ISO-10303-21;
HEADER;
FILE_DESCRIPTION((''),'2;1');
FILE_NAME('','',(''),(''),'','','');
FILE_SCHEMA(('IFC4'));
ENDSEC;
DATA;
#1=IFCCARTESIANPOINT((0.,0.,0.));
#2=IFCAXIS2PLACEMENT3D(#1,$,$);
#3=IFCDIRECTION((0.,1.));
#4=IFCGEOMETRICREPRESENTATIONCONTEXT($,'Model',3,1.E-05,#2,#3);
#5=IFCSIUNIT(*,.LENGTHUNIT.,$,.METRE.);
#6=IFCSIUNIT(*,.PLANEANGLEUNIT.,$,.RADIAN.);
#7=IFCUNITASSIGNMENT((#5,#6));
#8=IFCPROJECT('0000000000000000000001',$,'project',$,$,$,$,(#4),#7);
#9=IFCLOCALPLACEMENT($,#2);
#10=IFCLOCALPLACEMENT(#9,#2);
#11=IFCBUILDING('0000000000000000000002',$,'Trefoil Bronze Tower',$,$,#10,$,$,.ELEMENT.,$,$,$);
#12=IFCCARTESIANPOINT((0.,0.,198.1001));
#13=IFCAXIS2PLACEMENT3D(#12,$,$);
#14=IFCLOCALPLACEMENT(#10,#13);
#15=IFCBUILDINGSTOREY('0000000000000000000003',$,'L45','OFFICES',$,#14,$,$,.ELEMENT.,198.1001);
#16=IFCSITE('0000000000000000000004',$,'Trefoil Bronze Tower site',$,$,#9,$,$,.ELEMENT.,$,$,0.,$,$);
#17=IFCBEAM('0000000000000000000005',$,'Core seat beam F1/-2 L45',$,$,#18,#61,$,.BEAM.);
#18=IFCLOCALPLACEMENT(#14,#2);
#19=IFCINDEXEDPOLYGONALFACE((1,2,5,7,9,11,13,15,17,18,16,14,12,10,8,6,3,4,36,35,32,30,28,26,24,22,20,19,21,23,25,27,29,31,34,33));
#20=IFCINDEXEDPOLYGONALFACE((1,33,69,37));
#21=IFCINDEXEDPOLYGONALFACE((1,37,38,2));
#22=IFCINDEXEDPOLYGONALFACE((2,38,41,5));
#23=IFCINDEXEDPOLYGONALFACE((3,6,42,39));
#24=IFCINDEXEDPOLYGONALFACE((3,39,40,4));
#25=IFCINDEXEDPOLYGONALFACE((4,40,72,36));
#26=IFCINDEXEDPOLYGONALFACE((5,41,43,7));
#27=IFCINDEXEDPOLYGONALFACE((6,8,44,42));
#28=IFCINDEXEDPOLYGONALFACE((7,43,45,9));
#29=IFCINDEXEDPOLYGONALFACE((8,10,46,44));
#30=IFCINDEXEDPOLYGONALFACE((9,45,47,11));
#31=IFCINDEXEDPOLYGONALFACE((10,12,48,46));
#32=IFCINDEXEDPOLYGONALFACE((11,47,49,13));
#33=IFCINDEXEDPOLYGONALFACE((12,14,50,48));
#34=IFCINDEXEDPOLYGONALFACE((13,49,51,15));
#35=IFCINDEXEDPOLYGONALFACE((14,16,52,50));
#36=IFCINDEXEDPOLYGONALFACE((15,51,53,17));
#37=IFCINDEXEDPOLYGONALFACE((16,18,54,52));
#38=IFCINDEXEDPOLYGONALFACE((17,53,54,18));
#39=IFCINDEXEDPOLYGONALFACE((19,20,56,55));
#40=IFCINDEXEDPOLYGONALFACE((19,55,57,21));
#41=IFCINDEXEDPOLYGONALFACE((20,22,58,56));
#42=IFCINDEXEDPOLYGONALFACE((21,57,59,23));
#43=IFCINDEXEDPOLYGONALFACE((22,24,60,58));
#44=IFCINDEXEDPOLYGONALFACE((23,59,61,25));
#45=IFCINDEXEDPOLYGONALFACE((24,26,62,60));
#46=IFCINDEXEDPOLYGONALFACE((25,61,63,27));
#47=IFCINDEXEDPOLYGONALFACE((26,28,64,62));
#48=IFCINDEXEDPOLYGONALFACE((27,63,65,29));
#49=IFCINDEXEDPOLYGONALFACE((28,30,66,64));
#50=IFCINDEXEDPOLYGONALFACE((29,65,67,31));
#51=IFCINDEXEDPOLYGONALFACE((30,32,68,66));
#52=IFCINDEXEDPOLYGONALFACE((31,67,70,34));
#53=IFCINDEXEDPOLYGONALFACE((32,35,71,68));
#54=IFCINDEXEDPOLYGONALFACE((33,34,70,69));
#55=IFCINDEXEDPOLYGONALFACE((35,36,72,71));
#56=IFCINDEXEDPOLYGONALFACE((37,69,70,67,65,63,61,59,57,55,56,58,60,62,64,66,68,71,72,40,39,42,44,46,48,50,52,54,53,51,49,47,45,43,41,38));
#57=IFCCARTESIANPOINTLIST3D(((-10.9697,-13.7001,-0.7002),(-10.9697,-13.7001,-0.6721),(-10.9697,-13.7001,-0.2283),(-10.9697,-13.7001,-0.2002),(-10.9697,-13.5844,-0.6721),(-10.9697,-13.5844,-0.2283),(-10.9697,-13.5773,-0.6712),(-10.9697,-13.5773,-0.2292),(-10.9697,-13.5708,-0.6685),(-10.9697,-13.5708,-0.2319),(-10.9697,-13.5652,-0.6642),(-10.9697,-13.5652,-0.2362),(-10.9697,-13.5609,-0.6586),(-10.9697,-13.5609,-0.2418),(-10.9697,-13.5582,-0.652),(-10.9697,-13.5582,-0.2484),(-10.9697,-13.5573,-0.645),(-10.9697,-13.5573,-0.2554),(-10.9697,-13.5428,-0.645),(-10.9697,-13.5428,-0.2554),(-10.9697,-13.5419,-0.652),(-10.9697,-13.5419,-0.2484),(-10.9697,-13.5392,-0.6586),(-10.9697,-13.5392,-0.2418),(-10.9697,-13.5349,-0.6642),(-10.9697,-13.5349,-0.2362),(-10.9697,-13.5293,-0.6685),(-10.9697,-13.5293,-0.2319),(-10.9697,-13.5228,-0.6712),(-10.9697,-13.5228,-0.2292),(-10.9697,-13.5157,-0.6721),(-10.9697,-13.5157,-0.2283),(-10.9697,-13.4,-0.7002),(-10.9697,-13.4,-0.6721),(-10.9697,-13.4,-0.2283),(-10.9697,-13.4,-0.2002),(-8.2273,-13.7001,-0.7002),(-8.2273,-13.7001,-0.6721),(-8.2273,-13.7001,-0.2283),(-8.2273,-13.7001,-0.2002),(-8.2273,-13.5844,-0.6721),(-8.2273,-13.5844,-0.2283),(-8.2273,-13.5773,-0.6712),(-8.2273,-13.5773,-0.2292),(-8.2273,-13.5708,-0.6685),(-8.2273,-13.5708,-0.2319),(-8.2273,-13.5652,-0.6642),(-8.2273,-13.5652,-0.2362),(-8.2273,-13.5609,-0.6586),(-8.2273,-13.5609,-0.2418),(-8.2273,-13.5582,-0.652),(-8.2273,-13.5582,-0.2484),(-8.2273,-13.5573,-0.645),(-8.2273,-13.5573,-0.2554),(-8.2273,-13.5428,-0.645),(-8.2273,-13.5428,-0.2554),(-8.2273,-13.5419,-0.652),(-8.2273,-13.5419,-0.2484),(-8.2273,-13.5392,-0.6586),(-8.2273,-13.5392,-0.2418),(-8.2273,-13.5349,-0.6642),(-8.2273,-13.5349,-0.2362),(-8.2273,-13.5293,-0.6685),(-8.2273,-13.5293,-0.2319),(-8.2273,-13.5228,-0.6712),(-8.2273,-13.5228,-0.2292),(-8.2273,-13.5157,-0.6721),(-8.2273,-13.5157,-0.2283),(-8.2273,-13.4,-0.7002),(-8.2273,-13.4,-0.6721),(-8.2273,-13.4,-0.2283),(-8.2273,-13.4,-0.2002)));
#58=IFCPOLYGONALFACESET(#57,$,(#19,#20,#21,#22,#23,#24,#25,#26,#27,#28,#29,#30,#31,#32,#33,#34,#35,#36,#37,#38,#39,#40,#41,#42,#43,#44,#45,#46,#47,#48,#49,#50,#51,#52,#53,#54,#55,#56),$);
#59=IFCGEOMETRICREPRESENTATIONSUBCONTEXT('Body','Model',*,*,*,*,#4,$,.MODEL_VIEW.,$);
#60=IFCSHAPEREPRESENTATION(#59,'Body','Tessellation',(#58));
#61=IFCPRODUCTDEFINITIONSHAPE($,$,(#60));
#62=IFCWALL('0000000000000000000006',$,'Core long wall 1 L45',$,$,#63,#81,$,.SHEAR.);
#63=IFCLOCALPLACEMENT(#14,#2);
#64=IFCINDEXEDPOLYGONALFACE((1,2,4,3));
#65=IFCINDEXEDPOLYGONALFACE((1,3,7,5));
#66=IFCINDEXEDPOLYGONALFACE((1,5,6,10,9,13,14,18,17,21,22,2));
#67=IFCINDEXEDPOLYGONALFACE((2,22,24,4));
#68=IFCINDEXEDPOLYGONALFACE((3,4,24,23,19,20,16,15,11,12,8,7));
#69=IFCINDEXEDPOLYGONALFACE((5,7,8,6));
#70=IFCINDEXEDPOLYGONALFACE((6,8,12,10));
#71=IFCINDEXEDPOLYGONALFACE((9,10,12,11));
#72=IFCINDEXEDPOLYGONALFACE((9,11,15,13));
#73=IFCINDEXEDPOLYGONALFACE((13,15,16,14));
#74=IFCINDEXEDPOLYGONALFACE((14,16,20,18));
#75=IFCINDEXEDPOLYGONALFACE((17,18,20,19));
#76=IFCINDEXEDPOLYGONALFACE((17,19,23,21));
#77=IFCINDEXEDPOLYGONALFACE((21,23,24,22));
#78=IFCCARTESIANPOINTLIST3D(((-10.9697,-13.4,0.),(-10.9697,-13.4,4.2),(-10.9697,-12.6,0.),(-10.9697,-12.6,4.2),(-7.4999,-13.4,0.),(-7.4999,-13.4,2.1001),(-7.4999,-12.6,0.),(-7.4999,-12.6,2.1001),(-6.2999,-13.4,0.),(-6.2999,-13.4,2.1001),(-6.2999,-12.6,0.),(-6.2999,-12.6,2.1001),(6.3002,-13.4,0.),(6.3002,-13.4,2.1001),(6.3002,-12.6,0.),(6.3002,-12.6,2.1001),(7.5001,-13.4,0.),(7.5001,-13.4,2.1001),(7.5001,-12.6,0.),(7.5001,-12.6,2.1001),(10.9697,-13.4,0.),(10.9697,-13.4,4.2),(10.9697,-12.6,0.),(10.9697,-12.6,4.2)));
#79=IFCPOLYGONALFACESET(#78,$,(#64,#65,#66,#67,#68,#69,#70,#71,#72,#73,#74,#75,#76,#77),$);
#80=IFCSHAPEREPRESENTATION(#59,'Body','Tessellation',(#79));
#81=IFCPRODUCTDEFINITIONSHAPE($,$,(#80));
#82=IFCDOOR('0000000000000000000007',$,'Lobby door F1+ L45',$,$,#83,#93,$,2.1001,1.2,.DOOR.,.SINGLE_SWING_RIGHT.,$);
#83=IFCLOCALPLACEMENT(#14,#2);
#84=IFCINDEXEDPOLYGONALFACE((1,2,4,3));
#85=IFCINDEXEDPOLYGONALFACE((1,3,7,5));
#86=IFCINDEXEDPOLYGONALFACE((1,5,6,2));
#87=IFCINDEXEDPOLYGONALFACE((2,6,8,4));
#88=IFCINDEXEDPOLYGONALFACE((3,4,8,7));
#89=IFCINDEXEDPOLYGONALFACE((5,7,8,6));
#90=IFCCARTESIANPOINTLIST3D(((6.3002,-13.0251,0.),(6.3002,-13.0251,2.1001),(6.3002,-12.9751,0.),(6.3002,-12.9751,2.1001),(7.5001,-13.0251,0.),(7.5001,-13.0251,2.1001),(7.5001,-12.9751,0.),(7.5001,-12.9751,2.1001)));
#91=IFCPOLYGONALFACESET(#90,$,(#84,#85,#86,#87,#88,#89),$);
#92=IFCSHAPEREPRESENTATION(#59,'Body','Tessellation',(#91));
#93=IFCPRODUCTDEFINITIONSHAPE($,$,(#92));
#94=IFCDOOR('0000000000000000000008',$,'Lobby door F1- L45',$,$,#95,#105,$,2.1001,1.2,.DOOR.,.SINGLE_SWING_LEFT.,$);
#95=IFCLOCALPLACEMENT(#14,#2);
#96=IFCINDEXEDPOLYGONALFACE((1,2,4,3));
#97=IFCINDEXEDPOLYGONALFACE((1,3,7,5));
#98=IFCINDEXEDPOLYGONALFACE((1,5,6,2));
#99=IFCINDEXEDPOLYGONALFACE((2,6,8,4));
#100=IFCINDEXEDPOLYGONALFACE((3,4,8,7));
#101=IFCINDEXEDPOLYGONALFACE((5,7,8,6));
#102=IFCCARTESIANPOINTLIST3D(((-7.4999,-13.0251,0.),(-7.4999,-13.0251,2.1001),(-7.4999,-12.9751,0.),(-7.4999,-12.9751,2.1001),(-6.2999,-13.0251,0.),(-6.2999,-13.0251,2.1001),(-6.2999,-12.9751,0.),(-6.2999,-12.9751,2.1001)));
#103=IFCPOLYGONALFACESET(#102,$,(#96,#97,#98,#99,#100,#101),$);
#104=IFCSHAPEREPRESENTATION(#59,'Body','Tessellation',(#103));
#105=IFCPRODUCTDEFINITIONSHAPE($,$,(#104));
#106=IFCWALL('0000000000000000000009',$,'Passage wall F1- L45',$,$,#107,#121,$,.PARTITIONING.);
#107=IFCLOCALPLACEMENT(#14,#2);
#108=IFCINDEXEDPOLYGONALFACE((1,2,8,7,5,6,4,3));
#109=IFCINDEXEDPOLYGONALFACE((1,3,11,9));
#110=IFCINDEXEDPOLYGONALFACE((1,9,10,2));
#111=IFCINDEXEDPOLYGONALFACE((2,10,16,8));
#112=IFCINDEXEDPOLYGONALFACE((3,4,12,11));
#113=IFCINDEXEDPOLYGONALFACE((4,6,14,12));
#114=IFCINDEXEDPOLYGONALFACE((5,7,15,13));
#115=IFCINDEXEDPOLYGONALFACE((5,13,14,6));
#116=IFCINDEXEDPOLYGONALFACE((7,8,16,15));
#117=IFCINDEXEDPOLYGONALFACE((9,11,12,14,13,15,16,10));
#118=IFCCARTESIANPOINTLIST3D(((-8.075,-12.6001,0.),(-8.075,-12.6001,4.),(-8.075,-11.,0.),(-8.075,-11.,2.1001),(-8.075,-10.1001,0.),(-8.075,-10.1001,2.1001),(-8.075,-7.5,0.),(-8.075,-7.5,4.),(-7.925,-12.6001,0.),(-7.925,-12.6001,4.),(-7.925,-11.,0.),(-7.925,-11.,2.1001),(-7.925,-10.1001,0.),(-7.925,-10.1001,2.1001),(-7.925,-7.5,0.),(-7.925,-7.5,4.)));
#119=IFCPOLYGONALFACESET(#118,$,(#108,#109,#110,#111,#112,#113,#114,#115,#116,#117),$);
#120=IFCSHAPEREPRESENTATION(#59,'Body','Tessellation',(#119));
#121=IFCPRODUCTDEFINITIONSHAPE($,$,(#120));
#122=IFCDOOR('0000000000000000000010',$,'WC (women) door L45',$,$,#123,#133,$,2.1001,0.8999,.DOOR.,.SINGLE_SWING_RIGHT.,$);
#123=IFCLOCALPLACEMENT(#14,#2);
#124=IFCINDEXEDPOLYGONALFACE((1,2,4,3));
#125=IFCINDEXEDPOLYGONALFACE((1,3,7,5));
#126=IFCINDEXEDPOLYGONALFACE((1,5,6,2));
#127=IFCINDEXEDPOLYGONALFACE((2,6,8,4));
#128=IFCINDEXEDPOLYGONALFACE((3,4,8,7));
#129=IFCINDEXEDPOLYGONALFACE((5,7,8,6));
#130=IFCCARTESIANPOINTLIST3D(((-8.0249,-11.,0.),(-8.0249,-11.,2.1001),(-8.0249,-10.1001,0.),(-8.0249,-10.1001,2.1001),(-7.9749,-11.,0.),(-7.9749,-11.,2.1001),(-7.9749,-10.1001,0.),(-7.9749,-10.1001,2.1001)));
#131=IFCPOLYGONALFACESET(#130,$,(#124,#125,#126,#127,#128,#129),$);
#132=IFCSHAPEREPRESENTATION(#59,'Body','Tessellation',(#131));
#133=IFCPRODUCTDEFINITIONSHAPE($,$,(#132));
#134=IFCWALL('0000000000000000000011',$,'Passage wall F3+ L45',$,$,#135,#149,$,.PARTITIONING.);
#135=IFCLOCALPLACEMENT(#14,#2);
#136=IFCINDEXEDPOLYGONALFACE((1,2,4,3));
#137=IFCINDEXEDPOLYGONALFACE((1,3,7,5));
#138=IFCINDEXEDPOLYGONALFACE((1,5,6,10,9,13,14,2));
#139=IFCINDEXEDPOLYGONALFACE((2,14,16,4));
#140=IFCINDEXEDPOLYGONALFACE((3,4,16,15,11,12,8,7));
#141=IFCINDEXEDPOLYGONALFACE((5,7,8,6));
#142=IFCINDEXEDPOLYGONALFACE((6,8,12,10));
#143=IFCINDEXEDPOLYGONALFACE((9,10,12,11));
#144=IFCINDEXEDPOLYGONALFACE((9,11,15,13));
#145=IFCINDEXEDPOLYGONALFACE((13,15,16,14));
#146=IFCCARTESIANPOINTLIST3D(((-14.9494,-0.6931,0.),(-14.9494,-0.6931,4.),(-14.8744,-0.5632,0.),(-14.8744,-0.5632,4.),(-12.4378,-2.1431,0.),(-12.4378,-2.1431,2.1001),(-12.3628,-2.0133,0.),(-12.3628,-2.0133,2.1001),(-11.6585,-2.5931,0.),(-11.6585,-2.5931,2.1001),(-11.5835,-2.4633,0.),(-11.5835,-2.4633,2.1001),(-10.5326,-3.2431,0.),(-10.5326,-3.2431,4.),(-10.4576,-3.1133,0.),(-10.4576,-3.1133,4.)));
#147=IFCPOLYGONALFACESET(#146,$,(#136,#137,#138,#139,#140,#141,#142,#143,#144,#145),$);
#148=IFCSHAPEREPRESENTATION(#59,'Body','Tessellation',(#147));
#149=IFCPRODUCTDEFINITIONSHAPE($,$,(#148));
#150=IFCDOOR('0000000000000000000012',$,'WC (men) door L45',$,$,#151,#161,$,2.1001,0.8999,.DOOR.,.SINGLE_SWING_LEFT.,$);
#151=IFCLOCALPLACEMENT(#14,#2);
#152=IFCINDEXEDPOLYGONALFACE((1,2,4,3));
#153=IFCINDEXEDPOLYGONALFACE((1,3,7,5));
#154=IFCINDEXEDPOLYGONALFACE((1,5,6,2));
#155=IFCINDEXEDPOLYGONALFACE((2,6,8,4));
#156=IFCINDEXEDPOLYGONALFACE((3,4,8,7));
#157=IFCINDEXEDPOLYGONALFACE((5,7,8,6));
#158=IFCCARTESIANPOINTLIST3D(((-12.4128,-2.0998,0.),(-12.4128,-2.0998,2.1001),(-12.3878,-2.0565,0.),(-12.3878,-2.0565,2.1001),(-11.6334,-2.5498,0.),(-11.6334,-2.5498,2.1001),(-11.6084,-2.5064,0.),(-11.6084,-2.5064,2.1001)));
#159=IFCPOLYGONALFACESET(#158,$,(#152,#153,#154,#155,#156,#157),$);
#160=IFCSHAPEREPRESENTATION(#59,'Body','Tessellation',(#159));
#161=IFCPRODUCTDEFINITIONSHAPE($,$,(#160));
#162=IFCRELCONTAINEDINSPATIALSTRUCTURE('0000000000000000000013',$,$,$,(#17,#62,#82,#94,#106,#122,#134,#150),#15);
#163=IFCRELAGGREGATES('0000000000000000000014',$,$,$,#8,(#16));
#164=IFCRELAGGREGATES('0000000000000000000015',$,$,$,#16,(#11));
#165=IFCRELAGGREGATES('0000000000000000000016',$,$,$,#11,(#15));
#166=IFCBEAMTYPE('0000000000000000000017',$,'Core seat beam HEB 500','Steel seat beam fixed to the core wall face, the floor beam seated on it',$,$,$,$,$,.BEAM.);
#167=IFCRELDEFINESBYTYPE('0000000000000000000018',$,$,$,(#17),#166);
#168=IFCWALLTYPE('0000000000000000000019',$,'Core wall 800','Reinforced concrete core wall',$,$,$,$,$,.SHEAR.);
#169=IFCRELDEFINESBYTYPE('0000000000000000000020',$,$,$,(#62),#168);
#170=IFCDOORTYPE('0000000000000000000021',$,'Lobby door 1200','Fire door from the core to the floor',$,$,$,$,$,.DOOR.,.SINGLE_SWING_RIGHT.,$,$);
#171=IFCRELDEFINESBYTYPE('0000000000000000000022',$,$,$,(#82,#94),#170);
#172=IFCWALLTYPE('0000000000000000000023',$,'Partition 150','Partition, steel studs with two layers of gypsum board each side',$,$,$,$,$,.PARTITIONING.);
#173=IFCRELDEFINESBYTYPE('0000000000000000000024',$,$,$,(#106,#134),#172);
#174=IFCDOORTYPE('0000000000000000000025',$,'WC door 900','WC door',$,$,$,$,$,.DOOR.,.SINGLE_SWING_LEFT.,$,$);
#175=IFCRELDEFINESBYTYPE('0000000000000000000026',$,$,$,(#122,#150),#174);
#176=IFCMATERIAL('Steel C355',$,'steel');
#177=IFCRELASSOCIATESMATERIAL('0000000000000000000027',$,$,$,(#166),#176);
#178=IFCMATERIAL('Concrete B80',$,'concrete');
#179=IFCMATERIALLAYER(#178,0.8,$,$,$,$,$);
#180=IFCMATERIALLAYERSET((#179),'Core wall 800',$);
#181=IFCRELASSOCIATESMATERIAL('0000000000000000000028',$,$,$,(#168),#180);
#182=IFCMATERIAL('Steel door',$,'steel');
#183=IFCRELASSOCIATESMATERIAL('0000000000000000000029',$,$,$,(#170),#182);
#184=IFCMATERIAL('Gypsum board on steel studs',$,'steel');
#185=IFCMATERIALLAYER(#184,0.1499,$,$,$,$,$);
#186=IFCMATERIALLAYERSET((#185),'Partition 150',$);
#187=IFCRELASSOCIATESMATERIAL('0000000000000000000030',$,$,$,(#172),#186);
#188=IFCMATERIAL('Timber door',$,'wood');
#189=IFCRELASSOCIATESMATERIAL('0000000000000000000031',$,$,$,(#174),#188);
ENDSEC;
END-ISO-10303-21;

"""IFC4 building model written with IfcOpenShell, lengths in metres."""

from ifc_helpers import new_model, si_unit, direction, frame, frame_2d, origin, origin_2d, place, context, subcontext, project, spatial, rectangle, i_section, extrude, material, layer, layer_set, material_profile, profile_set, type_object, element, fill, save


model = new_model("IFC4")

# Units and contexts
model_context = context("Model", 3, precision=1e-05, world=origin(), true_north=direction((0.0, 1.0)))
body_context = subcontext(model_context, "Body", "Model", "MODEL_VIEW")
ifc_project = project(units=[si_unit("LENGTHUNIT", "METRE"), si_unit("PLANEANGLEUNIT", "RADIAN")], contexts=[model_context])

# Site, building, storey
site_placement = place(None, origin())
site = spatial("IfcSite", under=ifc_project, at=site_placement, Name="Trefoil Bronze Tower site", CompositionType="ELEMENT", RefElevation=0.0)
building_placement = place(site_placement, origin())
building = spatial("IfcBuilding", under=site, at=building_placement, Name="Trefoil Bronze Tower", CompositionType="ELEMENT")
storey_placement = place(building_placement, frame((0.0, 0.0, 198.1001)))
storey = spatial("IfcBuildingStorey", under=building, at=storey_placement, Name="L45", Description="OFFICES", CompositionType="ELEMENT", Elevation=198.1001)

# Beam
ifc_material_1 = material(Name="Steel C355", Category="steel")
ifc_material_profile = material_profile(ifc_material_1, i_section(OverallWidth=0.3, OverallDepth=0.5, WebThickness=0.0144, FlangeThickness=0.0281, FilletRadius=0.0271, at=origin_2d()), Name="HEB 500")
ifc_profile_set = profile_set([ifc_material_profile], Name="Steel C355")
beam_type = type_object("IfcBeamType", Name="Core seat beam HEB 500", Description="Steel seat beam fixed to the core wall face, the floor beam seated on it", PredefinedType="BEAM", material=ifc_profile_set)
beam_placement = place(storey_placement, frame((-10.9697, -13.55, -0.4502), z_axis=(1.0, 0.0, 0.0), x_axis=(0.0, 1.0, 0.0)))
element("IfcBeam", 1, at=beam_placement, inside=storey, type_object=beam_type, Name="Core seat beam F1/-2 L45", PredefinedType="BEAM", context=body_context, shape_type="SweptSolid", body=[
    extrude(i_section(OverallWidth=0.3, OverallDepth=0.5, WebThickness=0.0144, FlangeThickness=0.0281, FilletRadius=0.0271, at=origin_2d()), origin(), (0.0, 0.0, 1.0), 2.7424),
])

# Wall, openings, doors
ifc_material_2 = material(Name="Concrete B80", Category="concrete")
ifc_layer_1 = layer(ifc_material_2, 0.8)
ifc_layer_set_1 = layer_set([ifc_layer_1], Name="Core wall 800")
wall_type_1 = type_object("IfcWallType", Name="Core wall 800", Description="Reinforced concrete core wall", PredefinedType="SHEAR", material=ifc_layer_set_1)
wall_1_placement = place(storey_placement, frame((-10.9697, -13.0, 0.0), z_axis=(0.0, 0.0, 1.0), x_axis=(1.0, 0.0, 0.0)))
wall_1 = element("IfcWall", 2, at=wall_1_placement, inside=storey, type_object=wall_type_1, Name="Core long wall 1 L45", PredefinedType="SHEAR", context=body_context, shape_type="SweptSolid", body=[
    extrude(rectangle(XDim=21.9395, YDim=0.8, at=frame_2d((10.9697, 0.0))), origin(), (0.0, 0.0, 1.0), 4.2),
])
opening_1_placement = place(wall_1_placement, frame((17.2698, 0.0, 0.0)))
opening_1 = element("IfcOpeningElement", 3, at=opening_1_placement, cuts=wall_1, PredefinedType="OPENING", context=body_context, shape_type="SweptSolid", body=[
    extrude(rectangle(XDim=1.2, YDim=2.1001, at=frame_2d((0.6001, 1.05))), frame((0.0, 0.4099, 0.0), z_axis=(0.0, -1.0, 0.0), x_axis=(1.0, 0.0, 0.0)), (0.0, 0.0, 1.0), 0.8201),
])
opening_2_placement = place(wall_1_placement, frame((3.4697, 0.0, 0.0)))
opening_2 = element("IfcOpeningElement", 4, at=opening_2_placement, cuts=wall_1, PredefinedType="OPENING", context=body_context, shape_type="SweptSolid", body=[
    extrude(rectangle(XDim=1.2, YDim=2.1001, at=frame_2d((0.6001, 1.05))), frame((0.0, 0.4099, 0.0), z_axis=(0.0, -1.0, 0.0), x_axis=(1.0, 0.0, 0.0)), (0.0, 0.0, 1.0), 0.8201),
])
ifc_material_3 = material(Name="Steel door", Category="steel")
door_type_1 = type_object("IfcDoorType", Name="Lobby door 1200", Description="Fire door from the core to the floor", OperationType="SINGLE_SWING_RIGHT", PredefinedType="DOOR", material=ifc_material_3)
door_1_placement = place(opening_1_placement, origin())
door_1 = element("IfcDoor", 5, at=door_1_placement, inside=storey, type_object=door_type_1, Name="Lobby door F1+ L45", OperationType="SINGLE_SWING_RIGHT", OverallHeight=2.1001, OverallWidth=1.2, PredefinedType="DOOR", context=body_context, shape_type="SweptSolid", body=[
    extrude(rectangle(XDim=1.2, YDim=2.1001, at=frame_2d((0.6001, 1.05))), frame((0.0, 0.0249, 0.0), z_axis=(0.0, -1.0, 0.0), x_axis=(1.0, 0.0, 0.0)), (0.0, 0.0, 1.0), 0.05),
])
fill(opening_1, door_1)
door_2_placement = place(opening_2_placement, origin())
door_2 = element("IfcDoor", 6, at=door_2_placement, inside=storey, type_object=door_type_1, Name="Lobby door F1- L45", OperationType="SINGLE_SWING_LEFT", OverallHeight=2.1001, OverallWidth=1.2, PredefinedType="DOOR", context=body_context, shape_type="SweptSolid", body=[
    extrude(rectangle(XDim=1.2, YDim=2.1001, at=frame_2d((0.6001, 1.05))), frame((0.0, 0.0249, 0.0), z_axis=(0.0, -1.0, 0.0), x_axis=(1.0, 0.0, 0.0)), (0.0, 0.0, 1.0), 0.05),
])
fill(opening_2, door_2)

# Walls, openings, doors
ifc_material_4 = material(Name="Gypsum board on steel studs", Category="steel")
ifc_layer_2 = layer(ifc_material_4, 0.1499)
ifc_layer_set_2 = layer_set([ifc_layer_2], Name="Partition 150")
wall_type_2 = type_object("IfcWallType", Name="Partition 150", Description="Partition, steel studs with two layers of gypsum board each side", PredefinedType="PARTITIONING", material=ifc_layer_set_2)
wall_2_placement = place(storey_placement, frame((-8.0, -7.5, 0.0), z_axis=(0.0, 0.0, 1.0), x_axis=(0.0, -1.0, 0.0)))
wall_2 = element("IfcWall", 7, at=wall_2_placement, inside=storey, type_object=wall_type_2, Name="Passage wall F1- L45", PredefinedType="PARTITIONING", context=body_context, shape_type="SweptSolid", body=[
    extrude(rectangle(XDim=5.1001, YDim=0.1499, at=frame_2d((2.55, 0.0))), origin(), (0.0, 0.0, 1.0), 4.0),
])
opening_3_placement = place(wall_2_placement, frame((2.6001, 0.0, 0.0)))
opening_3 = element("IfcOpeningElement", 8, at=opening_3_placement, cuts=wall_2, PredefinedType="OPENING", context=body_context, shape_type="SweptSolid", body=[
    extrude(rectangle(XDim=0.8999, YDim=2.1001, at=frame_2d((0.45, 1.05))), frame((0.0, 0.085, 0.0), z_axis=(0.0, -1.0, 0.0), x_axis=(1.0, 0.0, 0.0)), (0.0, 0.0, 1.0), 0.1699),
])
ifc_material_5 = material(Name="Timber door", Category="wood")
door_type_2 = type_object("IfcDoorType", Name="WC door 900", Description="WC door", OperationType="SINGLE_SWING_LEFT", PredefinedType="DOOR", material=ifc_material_5)
door_3_placement = place(opening_3_placement, frame((0.8999, 0.0, 0.0), z_axis=(0.0, 0.0, 1.0), x_axis=(-1.0, 0.0, 0.0)))
door_3 = element("IfcDoor", 9, at=door_3_placement, inside=storey, type_object=door_type_2, Name="WC (women) door L45", OperationType="SINGLE_SWING_RIGHT", OverallHeight=2.1001, OverallWidth=0.8999, PredefinedType="DOOR", context=body_context, shape_type="SweptSolid", body=[
    extrude(rectangle(XDim=0.8999, YDim=2.1001, at=frame_2d((0.45, 1.05))), frame((0.0, 0.0249, 0.0), z_axis=(0.0, -1.0, 0.0), x_axis=(1.0, 0.0, 0.0)), (0.0, 0.0, 1.0), 0.05),
])
fill(opening_3, door_3)
wall_3_placement = place(storey_placement, frame((-10.4951, -3.1782, 0.0), z_axis=(0.0, 0.0, 1.0), x_axis=(-0.866022, 0.500006, 0.0)))
wall_3 = element("IfcWall", 10, at=wall_3_placement, inside=storey, type_object=wall_type_2, Name="Passage wall F3+ L45", PredefinedType="PARTITIONING", context=body_context, shape_type="SweptSolid", body=[
    extrude(rectangle(XDim=5.1001, YDim=0.1499, at=frame_2d((2.55, 0.0))), origin(), (0.0, 0.0, 1.0), 4.0),
])
opening_4_placement = place(wall_3_placement, frame((1.3, 0.0, 0.0)))
opening_4 = element("IfcOpeningElement", 11, at=opening_4_placement, cuts=wall_3, PredefinedType="OPENING", context=body_context, shape_type="SweptSolid", body=[
    extrude(rectangle(XDim=0.8999, YDim=2.1001, at=frame_2d((0.45, 1.05))), frame((0.0, 0.085, 0.0), z_axis=(0.0, -1.0, 0.0), x_axis=(1.0, 0.0, 0.0)), (0.0, 0.0, 1.0), 0.1699),
])
door_4_placement = place(opening_4_placement, origin())
door_4 = element("IfcDoor", 12, at=door_4_placement, inside=storey, type_object=door_type_2, Name="WC (men) door L45", OperationType="SINGLE_SWING_LEFT", OverallHeight=2.1001, OverallWidth=0.8999, PredefinedType="DOOR", context=body_context, shape_type="SweptSolid", body=[
    extrude(rectangle(XDim=0.8999, YDim=2.1001, at=frame_2d((0.45, 1.05))), frame((0.0, 0.0249, 0.0), z_axis=(0.0, -1.0, 0.0), x_axis=(1.0, 0.0, 0.0)), (0.0, 0.0, 1.0), 0.05),
])
fill(opening_4, door_4)

save(model, "model.ifc")
